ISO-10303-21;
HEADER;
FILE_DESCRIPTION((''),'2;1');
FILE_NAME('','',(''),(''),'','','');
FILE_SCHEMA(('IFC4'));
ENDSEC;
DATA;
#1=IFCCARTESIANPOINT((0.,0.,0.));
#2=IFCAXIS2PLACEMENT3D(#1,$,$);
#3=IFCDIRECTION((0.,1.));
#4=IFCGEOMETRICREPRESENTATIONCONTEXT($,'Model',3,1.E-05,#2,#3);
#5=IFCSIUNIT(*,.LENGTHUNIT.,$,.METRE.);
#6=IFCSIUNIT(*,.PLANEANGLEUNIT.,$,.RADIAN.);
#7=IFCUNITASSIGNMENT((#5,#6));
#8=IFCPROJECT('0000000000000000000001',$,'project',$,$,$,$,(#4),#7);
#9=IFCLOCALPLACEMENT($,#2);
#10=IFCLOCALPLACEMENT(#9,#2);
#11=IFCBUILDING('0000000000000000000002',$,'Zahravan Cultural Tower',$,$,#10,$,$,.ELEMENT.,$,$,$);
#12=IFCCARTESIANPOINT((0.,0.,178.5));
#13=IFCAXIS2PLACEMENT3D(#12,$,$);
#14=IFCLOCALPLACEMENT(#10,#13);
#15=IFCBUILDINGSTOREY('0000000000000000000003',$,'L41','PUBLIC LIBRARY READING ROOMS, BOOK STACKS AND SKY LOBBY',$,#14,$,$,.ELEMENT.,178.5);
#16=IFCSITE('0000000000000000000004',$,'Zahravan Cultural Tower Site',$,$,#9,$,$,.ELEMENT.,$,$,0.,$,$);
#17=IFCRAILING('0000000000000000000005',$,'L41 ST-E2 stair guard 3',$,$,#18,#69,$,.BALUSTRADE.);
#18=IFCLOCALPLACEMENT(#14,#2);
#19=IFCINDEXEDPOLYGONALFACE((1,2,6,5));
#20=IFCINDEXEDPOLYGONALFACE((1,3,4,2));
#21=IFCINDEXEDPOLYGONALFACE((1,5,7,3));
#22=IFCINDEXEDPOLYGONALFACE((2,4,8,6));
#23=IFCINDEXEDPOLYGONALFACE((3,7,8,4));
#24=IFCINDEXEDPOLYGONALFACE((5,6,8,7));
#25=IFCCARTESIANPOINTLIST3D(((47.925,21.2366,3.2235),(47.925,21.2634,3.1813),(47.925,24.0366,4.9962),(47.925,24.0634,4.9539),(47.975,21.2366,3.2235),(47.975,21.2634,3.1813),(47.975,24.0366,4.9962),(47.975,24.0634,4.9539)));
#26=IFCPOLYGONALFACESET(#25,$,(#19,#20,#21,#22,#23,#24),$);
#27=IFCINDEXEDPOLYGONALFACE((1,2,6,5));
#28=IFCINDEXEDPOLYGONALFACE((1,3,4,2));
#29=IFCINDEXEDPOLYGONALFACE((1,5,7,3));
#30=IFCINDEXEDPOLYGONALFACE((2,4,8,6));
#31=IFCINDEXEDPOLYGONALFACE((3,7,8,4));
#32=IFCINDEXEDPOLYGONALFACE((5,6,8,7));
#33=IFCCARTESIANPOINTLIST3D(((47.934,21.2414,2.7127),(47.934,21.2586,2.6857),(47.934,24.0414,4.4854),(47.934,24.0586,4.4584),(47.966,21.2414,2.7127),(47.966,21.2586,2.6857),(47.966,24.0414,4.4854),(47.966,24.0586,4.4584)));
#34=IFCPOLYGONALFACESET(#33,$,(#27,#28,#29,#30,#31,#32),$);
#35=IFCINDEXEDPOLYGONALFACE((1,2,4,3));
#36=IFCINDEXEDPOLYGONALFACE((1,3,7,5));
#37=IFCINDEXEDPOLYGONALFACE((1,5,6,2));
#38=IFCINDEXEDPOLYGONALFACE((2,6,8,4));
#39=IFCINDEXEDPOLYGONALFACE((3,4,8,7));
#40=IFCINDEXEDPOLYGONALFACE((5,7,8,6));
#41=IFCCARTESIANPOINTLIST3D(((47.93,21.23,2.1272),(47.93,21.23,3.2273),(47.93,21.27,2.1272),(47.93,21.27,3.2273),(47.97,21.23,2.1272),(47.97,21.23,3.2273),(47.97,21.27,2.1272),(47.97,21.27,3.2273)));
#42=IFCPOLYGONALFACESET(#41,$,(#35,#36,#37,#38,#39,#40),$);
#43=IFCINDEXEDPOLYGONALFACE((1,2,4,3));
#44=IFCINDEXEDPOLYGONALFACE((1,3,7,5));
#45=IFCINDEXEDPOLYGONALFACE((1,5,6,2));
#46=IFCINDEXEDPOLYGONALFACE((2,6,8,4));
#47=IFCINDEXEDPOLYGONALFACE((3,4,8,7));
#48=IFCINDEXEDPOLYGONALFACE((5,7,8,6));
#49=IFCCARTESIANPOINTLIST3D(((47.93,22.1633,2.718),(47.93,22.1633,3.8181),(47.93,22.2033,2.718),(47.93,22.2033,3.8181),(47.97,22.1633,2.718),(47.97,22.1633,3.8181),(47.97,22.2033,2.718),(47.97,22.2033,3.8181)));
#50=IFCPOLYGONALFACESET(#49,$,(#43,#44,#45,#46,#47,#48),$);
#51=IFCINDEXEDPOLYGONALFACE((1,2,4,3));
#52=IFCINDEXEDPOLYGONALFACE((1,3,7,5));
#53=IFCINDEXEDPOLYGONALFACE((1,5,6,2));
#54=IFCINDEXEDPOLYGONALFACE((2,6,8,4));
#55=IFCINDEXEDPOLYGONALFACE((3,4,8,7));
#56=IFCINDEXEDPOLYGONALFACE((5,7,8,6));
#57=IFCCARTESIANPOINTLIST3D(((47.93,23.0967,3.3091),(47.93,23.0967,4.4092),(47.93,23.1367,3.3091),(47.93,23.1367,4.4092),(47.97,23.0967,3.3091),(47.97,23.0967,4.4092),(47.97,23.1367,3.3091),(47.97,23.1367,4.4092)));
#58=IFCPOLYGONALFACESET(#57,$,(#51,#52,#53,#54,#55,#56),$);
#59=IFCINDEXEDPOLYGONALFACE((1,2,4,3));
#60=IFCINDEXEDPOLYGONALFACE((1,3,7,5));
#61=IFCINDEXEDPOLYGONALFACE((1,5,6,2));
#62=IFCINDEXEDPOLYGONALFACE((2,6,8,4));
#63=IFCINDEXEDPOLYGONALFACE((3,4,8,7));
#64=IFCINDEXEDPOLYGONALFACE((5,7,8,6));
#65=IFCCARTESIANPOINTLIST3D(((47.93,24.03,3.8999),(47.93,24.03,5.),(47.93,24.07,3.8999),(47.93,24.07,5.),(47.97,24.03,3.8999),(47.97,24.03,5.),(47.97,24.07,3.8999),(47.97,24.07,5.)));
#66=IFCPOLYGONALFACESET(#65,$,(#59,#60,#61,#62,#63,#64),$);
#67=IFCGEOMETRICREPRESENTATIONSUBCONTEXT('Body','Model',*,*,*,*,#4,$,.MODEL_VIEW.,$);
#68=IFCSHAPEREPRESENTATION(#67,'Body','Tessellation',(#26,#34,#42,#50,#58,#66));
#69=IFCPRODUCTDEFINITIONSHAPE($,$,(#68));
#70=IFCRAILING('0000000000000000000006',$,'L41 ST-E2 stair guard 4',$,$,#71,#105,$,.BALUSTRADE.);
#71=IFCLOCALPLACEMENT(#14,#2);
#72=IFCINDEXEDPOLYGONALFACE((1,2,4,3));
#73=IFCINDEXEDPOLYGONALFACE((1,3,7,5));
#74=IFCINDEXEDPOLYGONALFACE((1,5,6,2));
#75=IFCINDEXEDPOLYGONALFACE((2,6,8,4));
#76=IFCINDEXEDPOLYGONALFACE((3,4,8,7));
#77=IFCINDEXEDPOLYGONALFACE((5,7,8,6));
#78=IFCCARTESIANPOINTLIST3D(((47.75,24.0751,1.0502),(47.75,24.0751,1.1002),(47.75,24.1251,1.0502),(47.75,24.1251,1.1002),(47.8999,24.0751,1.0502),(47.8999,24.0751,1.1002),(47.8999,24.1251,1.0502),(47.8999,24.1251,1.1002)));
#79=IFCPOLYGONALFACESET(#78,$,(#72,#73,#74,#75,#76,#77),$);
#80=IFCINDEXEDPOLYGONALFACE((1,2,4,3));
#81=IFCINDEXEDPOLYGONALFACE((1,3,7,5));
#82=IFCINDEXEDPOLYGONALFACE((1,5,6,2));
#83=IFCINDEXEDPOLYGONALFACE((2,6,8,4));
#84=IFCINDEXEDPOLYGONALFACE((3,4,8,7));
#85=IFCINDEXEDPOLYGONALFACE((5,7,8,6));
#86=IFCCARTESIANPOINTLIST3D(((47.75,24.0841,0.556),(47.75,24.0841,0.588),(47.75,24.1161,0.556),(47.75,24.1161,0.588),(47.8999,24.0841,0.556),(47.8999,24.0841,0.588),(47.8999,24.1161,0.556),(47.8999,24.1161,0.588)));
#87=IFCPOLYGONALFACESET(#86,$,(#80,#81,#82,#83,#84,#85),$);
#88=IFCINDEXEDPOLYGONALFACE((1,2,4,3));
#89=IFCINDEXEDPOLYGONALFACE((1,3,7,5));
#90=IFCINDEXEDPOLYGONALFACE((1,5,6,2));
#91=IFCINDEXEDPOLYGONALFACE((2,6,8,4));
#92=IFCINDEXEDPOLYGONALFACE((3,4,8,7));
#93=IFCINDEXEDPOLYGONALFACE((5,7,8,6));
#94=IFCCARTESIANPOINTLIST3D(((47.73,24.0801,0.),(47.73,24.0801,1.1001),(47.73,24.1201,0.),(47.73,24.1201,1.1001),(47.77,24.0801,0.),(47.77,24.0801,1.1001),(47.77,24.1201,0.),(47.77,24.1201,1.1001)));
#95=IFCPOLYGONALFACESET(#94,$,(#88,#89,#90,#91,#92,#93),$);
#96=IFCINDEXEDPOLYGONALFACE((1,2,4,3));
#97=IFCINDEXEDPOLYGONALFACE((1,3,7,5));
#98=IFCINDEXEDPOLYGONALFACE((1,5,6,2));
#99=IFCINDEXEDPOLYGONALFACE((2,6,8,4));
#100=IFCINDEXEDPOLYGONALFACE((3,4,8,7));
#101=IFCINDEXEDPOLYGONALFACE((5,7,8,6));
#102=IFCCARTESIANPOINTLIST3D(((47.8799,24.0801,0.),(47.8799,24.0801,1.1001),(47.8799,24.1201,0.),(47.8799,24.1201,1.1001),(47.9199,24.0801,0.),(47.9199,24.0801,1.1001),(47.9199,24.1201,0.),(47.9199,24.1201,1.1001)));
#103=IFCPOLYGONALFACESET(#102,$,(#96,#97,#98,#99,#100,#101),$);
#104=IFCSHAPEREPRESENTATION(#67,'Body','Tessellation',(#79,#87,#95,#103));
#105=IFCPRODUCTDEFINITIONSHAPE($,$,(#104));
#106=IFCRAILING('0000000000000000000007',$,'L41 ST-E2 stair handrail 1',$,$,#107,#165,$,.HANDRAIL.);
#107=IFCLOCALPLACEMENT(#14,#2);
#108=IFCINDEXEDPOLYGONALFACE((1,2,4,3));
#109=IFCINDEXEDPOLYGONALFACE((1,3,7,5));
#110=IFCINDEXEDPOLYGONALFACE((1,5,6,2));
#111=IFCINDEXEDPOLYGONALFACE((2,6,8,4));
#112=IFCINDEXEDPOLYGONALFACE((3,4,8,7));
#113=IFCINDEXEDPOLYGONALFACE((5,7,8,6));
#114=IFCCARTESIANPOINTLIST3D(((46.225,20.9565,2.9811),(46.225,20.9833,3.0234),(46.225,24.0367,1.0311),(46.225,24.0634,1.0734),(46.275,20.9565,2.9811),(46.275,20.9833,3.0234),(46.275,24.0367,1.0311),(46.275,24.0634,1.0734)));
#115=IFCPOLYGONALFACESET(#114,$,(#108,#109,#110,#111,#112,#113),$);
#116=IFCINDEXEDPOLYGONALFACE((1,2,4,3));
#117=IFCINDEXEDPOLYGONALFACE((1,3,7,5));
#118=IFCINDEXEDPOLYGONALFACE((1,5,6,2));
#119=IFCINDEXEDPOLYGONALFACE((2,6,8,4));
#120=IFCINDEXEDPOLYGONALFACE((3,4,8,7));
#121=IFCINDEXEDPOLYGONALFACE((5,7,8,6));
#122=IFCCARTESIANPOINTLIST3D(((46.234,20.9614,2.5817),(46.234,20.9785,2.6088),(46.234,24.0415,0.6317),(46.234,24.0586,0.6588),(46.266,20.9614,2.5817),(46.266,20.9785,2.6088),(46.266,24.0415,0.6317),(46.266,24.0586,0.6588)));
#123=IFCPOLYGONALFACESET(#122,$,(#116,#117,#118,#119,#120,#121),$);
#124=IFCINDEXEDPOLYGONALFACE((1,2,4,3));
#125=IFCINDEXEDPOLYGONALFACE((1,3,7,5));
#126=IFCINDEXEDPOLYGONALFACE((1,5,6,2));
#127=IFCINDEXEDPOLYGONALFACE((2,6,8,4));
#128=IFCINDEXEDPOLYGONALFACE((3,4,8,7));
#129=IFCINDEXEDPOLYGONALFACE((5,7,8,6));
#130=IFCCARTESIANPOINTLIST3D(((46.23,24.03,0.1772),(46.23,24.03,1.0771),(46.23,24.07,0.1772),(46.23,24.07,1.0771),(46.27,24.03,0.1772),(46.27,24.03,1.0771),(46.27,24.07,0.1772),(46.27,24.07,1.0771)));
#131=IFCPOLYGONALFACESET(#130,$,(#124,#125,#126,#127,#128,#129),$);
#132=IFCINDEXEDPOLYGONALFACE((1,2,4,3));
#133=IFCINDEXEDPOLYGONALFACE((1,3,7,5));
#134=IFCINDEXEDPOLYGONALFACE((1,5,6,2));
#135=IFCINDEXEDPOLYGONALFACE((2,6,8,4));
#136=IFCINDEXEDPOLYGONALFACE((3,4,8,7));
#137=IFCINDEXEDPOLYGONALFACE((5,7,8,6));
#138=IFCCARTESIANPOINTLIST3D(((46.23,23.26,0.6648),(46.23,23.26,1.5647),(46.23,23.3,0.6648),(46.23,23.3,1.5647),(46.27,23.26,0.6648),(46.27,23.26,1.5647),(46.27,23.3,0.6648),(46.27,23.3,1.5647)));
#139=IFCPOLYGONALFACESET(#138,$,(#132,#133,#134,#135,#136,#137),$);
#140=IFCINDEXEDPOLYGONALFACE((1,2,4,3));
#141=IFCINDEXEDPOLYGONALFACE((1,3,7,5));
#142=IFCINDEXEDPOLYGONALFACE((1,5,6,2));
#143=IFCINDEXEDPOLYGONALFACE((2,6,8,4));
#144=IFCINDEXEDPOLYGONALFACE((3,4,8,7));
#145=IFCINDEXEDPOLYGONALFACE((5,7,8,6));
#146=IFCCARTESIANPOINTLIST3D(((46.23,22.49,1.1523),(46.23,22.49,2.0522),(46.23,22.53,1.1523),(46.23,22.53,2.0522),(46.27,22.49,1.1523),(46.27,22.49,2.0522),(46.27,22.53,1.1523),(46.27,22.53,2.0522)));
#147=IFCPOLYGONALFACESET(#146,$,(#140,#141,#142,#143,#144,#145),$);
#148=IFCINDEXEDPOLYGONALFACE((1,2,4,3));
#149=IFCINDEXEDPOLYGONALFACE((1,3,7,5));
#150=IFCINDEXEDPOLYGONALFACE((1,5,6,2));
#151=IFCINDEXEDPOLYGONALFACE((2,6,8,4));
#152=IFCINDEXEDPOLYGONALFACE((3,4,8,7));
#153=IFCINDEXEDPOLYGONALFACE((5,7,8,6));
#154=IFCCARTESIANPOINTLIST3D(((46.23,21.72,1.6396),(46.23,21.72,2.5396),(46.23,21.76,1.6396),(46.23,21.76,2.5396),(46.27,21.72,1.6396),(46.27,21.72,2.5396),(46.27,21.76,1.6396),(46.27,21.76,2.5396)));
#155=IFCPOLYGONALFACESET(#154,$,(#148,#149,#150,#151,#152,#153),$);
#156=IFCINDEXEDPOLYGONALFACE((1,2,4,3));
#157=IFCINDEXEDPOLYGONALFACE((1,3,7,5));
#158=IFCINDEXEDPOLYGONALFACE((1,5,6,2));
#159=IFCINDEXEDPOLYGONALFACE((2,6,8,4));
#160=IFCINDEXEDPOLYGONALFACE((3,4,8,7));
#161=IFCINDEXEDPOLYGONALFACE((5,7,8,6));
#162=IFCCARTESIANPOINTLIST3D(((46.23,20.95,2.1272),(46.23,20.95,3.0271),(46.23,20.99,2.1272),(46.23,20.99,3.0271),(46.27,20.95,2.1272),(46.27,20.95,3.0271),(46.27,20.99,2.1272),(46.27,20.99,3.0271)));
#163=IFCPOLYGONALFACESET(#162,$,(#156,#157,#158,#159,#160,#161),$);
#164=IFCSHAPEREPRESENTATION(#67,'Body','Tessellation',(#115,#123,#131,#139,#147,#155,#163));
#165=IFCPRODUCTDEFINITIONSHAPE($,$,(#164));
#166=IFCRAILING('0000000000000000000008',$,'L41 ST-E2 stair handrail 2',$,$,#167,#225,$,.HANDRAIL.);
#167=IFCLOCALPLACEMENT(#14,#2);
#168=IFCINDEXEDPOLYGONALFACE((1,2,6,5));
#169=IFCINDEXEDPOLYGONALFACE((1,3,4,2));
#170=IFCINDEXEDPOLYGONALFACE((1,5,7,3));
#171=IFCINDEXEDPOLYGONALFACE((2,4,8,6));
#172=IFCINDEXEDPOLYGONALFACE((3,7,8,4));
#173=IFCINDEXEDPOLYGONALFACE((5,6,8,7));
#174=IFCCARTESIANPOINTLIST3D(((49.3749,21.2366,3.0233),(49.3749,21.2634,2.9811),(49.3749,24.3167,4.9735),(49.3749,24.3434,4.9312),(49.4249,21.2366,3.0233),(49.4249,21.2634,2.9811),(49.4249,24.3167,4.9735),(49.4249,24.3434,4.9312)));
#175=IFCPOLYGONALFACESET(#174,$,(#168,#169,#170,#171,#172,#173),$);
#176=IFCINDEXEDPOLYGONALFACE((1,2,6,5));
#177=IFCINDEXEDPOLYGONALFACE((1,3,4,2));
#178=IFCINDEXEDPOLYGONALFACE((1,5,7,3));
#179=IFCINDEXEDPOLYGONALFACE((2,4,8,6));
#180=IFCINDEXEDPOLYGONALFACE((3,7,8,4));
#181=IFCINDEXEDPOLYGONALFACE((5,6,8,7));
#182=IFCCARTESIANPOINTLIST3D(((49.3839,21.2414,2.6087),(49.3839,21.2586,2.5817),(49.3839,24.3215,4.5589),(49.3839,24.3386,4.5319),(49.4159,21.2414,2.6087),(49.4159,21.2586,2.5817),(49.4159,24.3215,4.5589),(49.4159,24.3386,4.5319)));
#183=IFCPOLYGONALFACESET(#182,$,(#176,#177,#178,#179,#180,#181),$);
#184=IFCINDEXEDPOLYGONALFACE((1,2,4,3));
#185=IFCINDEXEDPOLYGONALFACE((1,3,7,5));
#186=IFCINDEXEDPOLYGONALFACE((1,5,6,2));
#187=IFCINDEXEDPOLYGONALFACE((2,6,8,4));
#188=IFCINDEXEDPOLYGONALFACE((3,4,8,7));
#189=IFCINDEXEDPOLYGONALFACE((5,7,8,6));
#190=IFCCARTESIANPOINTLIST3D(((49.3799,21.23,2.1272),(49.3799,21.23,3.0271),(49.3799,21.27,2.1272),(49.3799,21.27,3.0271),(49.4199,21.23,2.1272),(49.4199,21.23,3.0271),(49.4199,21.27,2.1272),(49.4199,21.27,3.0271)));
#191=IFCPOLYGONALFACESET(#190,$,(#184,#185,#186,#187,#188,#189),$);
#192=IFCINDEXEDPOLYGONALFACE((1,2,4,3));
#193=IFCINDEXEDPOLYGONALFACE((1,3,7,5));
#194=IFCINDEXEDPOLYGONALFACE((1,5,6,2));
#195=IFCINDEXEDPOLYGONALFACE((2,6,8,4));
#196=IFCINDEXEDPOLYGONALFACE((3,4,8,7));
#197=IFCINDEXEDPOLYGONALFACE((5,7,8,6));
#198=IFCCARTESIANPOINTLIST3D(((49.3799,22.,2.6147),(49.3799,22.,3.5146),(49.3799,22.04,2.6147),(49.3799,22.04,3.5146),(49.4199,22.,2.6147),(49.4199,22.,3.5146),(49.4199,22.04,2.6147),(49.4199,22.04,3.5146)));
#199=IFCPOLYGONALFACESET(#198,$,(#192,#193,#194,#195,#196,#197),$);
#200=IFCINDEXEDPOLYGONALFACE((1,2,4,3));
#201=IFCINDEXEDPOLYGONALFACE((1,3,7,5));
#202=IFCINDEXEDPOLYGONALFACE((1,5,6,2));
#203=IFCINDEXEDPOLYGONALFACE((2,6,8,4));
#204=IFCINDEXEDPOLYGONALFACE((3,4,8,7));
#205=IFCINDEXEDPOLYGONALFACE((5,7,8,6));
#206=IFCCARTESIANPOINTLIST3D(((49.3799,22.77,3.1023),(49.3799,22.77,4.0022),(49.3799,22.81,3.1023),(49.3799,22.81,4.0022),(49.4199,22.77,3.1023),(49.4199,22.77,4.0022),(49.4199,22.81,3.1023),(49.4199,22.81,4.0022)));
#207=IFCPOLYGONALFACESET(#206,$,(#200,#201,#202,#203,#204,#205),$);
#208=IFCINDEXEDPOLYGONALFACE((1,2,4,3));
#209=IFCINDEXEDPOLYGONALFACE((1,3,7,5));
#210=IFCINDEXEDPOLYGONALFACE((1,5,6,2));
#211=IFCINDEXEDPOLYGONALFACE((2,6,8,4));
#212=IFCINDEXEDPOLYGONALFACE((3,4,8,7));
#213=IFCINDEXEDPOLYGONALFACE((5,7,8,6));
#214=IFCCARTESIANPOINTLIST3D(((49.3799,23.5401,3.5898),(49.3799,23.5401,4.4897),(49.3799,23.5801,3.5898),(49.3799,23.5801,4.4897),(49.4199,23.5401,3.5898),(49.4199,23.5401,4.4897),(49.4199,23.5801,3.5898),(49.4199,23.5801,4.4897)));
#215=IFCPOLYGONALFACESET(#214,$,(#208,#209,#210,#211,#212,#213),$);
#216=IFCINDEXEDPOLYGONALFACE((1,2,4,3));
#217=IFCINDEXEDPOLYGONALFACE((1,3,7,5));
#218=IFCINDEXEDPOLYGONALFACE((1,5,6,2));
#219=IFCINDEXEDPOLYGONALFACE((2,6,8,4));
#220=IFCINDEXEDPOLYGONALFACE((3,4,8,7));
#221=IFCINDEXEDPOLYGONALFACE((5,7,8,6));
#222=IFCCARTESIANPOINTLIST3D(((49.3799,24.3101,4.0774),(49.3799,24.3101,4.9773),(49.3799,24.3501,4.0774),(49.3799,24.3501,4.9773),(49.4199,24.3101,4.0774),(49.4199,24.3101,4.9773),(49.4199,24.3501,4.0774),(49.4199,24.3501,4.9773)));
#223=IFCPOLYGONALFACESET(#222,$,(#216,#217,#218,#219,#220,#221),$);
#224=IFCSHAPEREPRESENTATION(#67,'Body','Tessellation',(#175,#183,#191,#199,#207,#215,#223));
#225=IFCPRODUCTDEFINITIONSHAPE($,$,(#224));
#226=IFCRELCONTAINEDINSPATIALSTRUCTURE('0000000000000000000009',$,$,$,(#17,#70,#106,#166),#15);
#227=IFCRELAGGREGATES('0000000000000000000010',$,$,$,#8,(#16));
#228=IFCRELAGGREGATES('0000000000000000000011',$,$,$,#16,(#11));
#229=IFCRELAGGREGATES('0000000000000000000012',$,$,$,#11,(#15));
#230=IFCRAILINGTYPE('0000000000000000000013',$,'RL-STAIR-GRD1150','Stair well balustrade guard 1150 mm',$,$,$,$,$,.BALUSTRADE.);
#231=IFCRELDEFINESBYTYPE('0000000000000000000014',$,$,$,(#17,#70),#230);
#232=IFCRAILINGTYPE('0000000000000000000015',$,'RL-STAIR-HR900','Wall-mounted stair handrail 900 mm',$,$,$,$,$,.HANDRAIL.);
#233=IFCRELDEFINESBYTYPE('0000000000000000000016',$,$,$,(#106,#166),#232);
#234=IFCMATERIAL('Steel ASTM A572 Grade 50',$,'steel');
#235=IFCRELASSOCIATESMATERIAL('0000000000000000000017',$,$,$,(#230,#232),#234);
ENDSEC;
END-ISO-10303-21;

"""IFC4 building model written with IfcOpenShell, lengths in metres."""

from ifc_helpers import new_model, si_unit, direction, frame, origin, origin_2d, place, context, subcontext, project, spatial, rectangle, extrude, material, type_object, element, save


model = new_model("IFC4")

# Units and contexts
model_context = context("Model", 3, precision=1e-05, world=origin(), true_north=direction((0.0, 1.0)))
body_context = subcontext(model_context, "Body", "Model", "MODEL_VIEW")
ifc_project = project(units=[si_unit("LENGTHUNIT", "METRE"), si_unit("PLANEANGLEUNIT", "RADIAN")], contexts=[model_context])

# Site, building, storey
site_placement = place(None, origin())
site = spatial("IfcSite", under=ifc_project, at=site_placement, Name="Zahravan Cultural Tower Site", CompositionType="ELEMENT", RefElevation=0.0)
building_placement = place(site_placement, origin())
building = spatial("IfcBuilding", under=site, at=building_placement, Name="Zahravan Cultural Tower", CompositionType="ELEMENT")
storey_placement = place(building_placement, frame((0.0, 0.0, 178.5)))
storey = spatial("IfcBuildingStorey", under=building, at=storey_placement, Name="L41", Description="PUBLIC LIBRARY READING ROOMS, BOOK STACKS AND SKY LOBBY", CompositionType="ELEMENT", Elevation=178.5)

# Railings
ifc_material_1 = material(Name="Steel ASTM A572 Grade 50", Category="steel")
railing_type_1 = type_object("IfcRailingType", Name="RL-STAIR-GRD1150", Description="Stair well balustrade guard 1150 mm", PredefinedType="BALUSTRADE", material=ifc_material_1)
railing_1_placement = place(storey_placement, frame((47.95, 21.25, 2.1272)))
element("IfcRailing", 1, at=railing_1_placement, inside=storey, type_object=railing_type_1, Name="L41 ST-E2 stair guard 3", PredefinedType="BALUSTRADE", context=body_context, shape_type="SweptSolid", body=[
    extrude(rectangle(XDim=0.05, YDim=0.05, at=origin_2d()), frame((0.0, 0.0, 1.0752), z_axis=(0.0, 0.844909, 0.53491), x_axis=(-1.0, 0.0, 0.0)), (0.0, 0.0, 1.0), 3.314),
    extrude(rectangle(XDim=0.032, YDim=0.032, at=origin_2d()), frame((0.0, 0.0, 0.572), z_axis=(0.0, 0.844909, 0.53491), x_axis=(-1.0, 0.0, 0.0)), (0.0, 0.0, 1.0), 3.314),
    extrude(rectangle(XDim=0.04, YDim=0.04, at=origin_2d()), origin(), (0.0, 0.0, 1.0), 1.1001),
    extrude(rectangle(XDim=0.04, YDim=0.04, at=origin_2d()), frame((0.0, 0.9333, 0.5908)), (0.0, 0.0, 1.0), 1.1001),
    extrude(rectangle(XDim=0.04, YDim=0.04, at=origin_2d()), frame((0.0, 1.8667, 1.1819)), (0.0, 0.0, 1.0), 1.1001),
    extrude(rectangle(XDim=0.04, YDim=0.04, at=origin_2d()), frame((0.0, 2.8, 1.7727)), (0.0, 0.0, 1.0), 1.1001),
])
railing_2_placement = place(storey_placement, frame((47.75, 24.1001, 0.0)))
element("IfcRailing", 2, at=railing_2_placement, inside=storey, type_object=railing_type_1, Name="L41 ST-E2 stair guard 4", PredefinedType="BALUSTRADE", context=body_context, shape_type="SweptSolid", body=[
    extrude(rectangle(XDim=0.05, YDim=0.05, at=origin_2d()), frame((0.0, 0.0, 1.0752), z_axis=(1.0, 0.0, 0.0), x_axis=(0.0, 1.0, 0.0)), (0.0, 0.0, 1.0), 0.1499),
    extrude(rectangle(XDim=0.032, YDim=0.032, at=origin_2d()), frame((0.0, 0.0, 0.572), z_axis=(1.0, 0.0, 0.0), x_axis=(0.0, 1.0, 0.0)), (0.0, 0.0, 1.0), 0.1499),
    extrude(rectangle(XDim=0.04, YDim=0.04, at=origin_2d()), origin(), (0.0, 0.0, 1.0), 1.1001),
    extrude(rectangle(XDim=0.04, YDim=0.04, at=origin_2d()), frame((0.1499, 0.0, 0.0)), (0.0, 0.0, 1.0), 1.1001),
])
railing_type_2 = type_object("IfcRailingType", Name="RL-STAIR-HR900", Description="Wall-mounted stair handrail 900 mm", PredefinedType="HANDRAIL", material=ifc_material_1)
railing_3_placement = place(storey_placement, frame((46.25, 24.05, 0.1772)))
element("IfcRailing", 3, at=railing_3_placement, inside=storey, type_object=railing_type_2, Name="L41 ST-E2 stair handrail 1", PredefinedType="HANDRAIL", context=body_context, shape_type="SweptSolid", body=[
    extrude(rectangle(XDim=0.05, YDim=0.05, at=origin_2d()), frame((0.0, 0.0, 0.875), z_axis=(0.0, -0.844914, 0.534902), x_axis=(1.0, 0.0, 0.0)), (0.0, 0.0, 1.0), 3.6455),
    extrude(rectangle(XDim=0.032, YDim=0.032, at=origin_2d()), frame((0.0, 0.0, 0.468), z_axis=(0.0, -0.844914, 0.534902), x_axis=(1.0, 0.0, 0.0)), (0.0, 0.0, 1.0), 3.6455),
    extrude(rectangle(XDim=0.04, YDim=0.04, at=origin_2d()), origin(), (0.0, 0.0, 1.0), 0.8999),
    extrude(rectangle(XDim=0.04, YDim=0.04, at=origin_2d()), frame((0.0, -0.77, 0.4875)), (0.0, 0.0, 1.0), 0.8999),
    extrude(rectangle(XDim=0.04, YDim=0.04, at=origin_2d()), frame((0.0, -1.54, 0.9751)), (0.0, 0.0, 1.0), 0.8999),
    extrude(rectangle(XDim=0.04, YDim=0.04, at=origin_2d()), frame((0.0, -2.3101, 1.4624)), (0.0, 0.0, 1.0), 0.8999),
    extrude(rectangle(XDim=0.04, YDim=0.04, at=origin_2d()), frame((0.0, -3.0801, 1.95)), (0.0, 0.0, 1.0), 0.8999),
])
railing_4_placement = place(storey_placement, frame((49.3999, 21.25, 2.1272)))
element("IfcRailing", 4, at=railing_4_placement, inside=storey, type_object=railing_type_2, Name="L41 ST-E2 stair handrail 2", PredefinedType="HANDRAIL", context=body_context, shape_type="SweptSolid", body=[
    extrude(rectangle(XDim=0.05, YDim=0.05, at=origin_2d()), frame((0.0, 0.0, 0.875), z_axis=(0.0, 0.844884, 0.53495), x_axis=(-1.0, 0.0, 0.0)), (0.0, 0.0, 1.0), 3.6455),
    extrude(rectangle(XDim=0.032, YDim=0.032, at=origin_2d()), frame((0.0, 0.0, 0.468), z_axis=(0.0, 0.844884, 0.53495), x_axis=(-1.0, 0.0, 0.0)), (0.0, 0.0, 1.0), 3.6455),
    extrude(rectangle(XDim=0.04, YDim=0.04, at=origin_2d()), origin(), (0.0, 0.0, 1.0), 0.8999),
    extrude(rectangle(XDim=0.04, YDim=0.04, at=origin_2d()), frame((0.0, 0.77, 0.4875)), (0.0, 0.0, 1.0), 0.8999),
    extrude(rectangle(XDim=0.04, YDim=0.04, at=origin_2d()), frame((0.0, 1.54, 0.9751)), (0.0, 0.0, 1.0), 0.8999),
    extrude(rectangle(XDim=0.04, YDim=0.04, at=origin_2d()), frame((0.0, 2.3101, 1.4626)), (0.0, 0.0, 1.0), 0.8999),
    extrude(rectangle(XDim=0.04, YDim=0.04, at=origin_2d()), frame((0.0, 3.0801, 1.9502)), (0.0, 0.0, 1.0), 0.8999),
])

save(model, "model.ifc")
